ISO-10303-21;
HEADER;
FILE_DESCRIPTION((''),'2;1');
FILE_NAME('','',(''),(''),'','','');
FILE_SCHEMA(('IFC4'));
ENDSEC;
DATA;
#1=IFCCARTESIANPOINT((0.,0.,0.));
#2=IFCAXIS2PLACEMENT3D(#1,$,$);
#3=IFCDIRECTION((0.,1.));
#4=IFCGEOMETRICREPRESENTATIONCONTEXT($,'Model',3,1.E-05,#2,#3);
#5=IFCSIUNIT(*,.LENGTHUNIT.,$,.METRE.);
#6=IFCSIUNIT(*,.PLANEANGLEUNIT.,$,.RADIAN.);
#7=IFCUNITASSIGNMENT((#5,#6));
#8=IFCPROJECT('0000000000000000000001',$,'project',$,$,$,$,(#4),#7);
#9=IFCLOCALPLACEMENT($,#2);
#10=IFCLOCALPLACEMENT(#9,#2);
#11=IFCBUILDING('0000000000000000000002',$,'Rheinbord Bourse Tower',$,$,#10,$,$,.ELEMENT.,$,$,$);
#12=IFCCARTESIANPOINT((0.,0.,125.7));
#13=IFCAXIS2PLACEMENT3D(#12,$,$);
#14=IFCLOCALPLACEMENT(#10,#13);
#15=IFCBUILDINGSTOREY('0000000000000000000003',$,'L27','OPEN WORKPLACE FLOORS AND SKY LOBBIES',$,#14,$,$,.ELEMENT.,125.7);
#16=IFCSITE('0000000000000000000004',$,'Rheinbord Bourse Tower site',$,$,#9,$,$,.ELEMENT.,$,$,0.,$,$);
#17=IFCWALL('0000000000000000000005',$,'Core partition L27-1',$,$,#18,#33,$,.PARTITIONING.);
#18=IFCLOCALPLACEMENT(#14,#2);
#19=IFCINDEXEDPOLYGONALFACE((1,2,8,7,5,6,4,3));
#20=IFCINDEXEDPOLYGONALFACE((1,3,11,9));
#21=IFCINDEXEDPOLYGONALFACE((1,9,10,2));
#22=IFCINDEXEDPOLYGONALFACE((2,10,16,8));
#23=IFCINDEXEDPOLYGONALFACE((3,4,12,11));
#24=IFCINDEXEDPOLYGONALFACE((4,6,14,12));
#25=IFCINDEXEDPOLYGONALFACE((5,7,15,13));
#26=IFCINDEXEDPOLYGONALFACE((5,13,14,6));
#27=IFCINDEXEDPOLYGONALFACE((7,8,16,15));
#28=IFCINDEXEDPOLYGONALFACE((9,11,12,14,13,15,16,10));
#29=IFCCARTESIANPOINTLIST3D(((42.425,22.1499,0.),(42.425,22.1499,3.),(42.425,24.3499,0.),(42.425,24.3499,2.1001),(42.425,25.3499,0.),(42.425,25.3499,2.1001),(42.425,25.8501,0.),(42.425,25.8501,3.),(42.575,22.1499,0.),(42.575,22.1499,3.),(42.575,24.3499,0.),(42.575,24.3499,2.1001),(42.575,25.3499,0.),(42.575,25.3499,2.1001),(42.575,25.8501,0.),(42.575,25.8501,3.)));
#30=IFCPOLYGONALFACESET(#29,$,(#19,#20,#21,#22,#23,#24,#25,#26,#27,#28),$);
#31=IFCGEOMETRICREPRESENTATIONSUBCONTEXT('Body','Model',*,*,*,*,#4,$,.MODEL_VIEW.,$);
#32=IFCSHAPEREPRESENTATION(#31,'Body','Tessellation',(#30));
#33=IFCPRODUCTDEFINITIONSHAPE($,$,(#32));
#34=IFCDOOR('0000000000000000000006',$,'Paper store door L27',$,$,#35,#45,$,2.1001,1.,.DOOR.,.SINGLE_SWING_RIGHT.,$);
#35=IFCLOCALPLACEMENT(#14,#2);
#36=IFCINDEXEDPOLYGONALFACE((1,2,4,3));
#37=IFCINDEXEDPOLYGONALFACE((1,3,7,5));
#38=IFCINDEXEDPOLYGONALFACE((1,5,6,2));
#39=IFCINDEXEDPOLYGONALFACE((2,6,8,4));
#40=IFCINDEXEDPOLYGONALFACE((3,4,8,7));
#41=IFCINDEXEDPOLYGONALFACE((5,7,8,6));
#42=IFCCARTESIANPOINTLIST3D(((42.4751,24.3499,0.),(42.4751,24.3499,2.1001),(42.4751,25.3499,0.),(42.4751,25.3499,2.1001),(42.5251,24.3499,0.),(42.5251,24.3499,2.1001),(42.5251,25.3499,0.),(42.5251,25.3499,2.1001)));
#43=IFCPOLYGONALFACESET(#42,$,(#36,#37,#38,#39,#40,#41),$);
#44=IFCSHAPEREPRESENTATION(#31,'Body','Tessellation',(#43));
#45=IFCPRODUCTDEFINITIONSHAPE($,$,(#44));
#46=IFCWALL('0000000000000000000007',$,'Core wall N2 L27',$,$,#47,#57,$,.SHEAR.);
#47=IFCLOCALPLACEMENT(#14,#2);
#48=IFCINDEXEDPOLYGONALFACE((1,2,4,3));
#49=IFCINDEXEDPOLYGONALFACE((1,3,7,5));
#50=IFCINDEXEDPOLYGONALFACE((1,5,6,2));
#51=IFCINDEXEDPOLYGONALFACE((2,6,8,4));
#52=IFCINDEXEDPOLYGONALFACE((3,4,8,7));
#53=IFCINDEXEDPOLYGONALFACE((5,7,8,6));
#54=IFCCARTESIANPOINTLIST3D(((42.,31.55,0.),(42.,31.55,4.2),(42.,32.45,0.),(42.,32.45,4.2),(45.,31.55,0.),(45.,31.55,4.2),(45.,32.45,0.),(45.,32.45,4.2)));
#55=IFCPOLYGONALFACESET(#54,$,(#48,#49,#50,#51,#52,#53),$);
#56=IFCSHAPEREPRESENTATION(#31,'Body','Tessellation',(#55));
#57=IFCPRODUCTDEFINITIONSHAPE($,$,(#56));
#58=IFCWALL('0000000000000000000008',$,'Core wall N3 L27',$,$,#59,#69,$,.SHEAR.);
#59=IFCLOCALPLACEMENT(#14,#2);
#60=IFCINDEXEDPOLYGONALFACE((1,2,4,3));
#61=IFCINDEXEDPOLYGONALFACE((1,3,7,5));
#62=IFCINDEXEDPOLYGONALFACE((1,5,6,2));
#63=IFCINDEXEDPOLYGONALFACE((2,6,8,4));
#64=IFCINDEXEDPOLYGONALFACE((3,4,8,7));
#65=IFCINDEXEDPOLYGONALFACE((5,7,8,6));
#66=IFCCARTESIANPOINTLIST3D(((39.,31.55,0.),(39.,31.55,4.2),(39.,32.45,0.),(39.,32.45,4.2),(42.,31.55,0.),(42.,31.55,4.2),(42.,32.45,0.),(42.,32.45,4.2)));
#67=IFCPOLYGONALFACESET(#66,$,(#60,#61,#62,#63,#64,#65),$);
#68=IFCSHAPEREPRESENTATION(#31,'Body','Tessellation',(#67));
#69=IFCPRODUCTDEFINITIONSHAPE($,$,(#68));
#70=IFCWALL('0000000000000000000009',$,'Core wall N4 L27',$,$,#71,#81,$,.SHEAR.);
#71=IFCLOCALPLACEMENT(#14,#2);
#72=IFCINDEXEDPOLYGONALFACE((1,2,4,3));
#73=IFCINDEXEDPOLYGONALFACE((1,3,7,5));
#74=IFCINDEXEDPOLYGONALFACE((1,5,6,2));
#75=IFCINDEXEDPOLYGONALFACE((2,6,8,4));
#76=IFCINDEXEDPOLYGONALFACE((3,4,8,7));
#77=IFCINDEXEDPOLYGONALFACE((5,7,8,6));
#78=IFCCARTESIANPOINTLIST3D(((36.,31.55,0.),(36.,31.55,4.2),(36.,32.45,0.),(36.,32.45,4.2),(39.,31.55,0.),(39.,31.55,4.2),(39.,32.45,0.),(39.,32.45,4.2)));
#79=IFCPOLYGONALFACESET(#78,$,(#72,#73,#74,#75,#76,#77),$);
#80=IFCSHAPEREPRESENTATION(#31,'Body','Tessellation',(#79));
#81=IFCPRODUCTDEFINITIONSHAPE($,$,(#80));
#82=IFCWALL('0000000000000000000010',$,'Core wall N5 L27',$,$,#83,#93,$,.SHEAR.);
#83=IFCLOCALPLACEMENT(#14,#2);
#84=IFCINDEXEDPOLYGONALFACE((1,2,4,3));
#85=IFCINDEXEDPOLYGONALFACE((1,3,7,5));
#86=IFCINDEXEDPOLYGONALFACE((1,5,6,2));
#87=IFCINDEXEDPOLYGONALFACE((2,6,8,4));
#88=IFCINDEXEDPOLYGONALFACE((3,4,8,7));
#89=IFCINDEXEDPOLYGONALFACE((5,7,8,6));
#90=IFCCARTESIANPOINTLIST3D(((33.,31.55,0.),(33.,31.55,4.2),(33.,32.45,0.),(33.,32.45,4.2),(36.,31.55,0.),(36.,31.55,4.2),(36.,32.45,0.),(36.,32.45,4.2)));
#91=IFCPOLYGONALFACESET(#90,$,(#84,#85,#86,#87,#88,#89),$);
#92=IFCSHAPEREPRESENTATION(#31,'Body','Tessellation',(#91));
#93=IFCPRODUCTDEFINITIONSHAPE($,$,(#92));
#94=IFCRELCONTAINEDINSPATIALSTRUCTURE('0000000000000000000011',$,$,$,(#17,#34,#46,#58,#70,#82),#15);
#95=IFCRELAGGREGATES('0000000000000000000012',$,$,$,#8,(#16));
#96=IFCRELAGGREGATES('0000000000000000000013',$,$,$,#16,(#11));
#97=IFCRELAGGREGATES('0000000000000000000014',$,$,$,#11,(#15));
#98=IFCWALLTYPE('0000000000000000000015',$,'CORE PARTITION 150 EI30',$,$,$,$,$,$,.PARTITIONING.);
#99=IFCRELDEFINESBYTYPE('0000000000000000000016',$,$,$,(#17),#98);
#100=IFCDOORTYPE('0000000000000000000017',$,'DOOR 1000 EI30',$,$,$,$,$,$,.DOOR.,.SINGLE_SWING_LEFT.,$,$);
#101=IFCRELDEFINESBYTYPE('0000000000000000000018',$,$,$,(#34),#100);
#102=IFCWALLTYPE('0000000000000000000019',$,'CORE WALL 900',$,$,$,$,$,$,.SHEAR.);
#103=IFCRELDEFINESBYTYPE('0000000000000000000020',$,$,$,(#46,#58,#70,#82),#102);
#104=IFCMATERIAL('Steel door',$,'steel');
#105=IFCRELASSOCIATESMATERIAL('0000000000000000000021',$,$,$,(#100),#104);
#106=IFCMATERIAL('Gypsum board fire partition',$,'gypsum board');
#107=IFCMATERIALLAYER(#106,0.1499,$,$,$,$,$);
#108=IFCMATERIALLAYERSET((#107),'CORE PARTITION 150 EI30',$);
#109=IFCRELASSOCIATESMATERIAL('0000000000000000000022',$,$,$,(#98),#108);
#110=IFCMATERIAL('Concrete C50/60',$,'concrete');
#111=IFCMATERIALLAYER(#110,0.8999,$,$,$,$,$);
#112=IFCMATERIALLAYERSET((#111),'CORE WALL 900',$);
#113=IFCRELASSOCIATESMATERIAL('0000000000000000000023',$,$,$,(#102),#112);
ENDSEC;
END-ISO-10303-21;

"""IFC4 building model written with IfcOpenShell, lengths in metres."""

from ifc_helpers import new_model, si_unit, direction, frame, frame_2d, origin, place, context, subcontext, project, spatial, rectangle, extrude, material, layer, layer_set, type_object, element, fill, save


model = new_model("IFC4")

# Units and contexts
model_context = context("Model", 3, precision=1e-05, world=origin(), true_north=direction((0.0, 1.0)))
body_context = subcontext(model_context, "Body", "Model", "MODEL_VIEW")
ifc_project = project(units=[si_unit("LENGTHUNIT", "METRE"), si_unit("PLANEANGLEUNIT", "RADIAN")], contexts=[model_context])

# Site, building, storey
site_placement = place(None, origin())
site = spatial("IfcSite", under=ifc_project, at=site_placement, Name="Rheinbord Bourse Tower site", CompositionType="ELEMENT", RefElevation=0.0)
building_placement = place(site_placement, origin())
building = spatial("IfcBuilding", under=site, at=building_placement, Name="Rheinbord Bourse Tower", CompositionType="ELEMENT")
storey_placement = place(building_placement, frame((0.0, 0.0, 125.7)))
storey = spatial("IfcBuildingStorey", under=building, at=storey_placement, Name="L27", Description="OPEN WORKPLACE FLOORS AND SKY LOBBIES", CompositionType="ELEMENT", Elevation=125.7)

# Shared definitions
ifc_material_1 = material(Name="Steel door", Category="steel")
door_type_1 = type_object("IfcDoorType", Name="DOOR 1000 EI30", OperationType="SINGLE_SWING_LEFT", PredefinedType="DOOR", material=ifc_material_1)

# Wall, opening, door
ifc_material_2 = material(Name="Gypsum board fire partition", Category="gypsum board")
ifc_layer_1 = layer(ifc_material_2, 0.1499)
ifc_layer_set_1 = layer_set([ifc_layer_1], Name="CORE PARTITION 150 EI30")
wall_type_1 = type_object("IfcWallType", Name="CORE PARTITION 150 EI30", PredefinedType="PARTITIONING", material=ifc_layer_set_1)
wall_1_placement = place(storey_placement, frame((42.5, 22.1499, 0.0), z_axis=(0.0, 0.0, 1.0), x_axis=(0.0, 1.0, 0.0)))
wall_1 = element("IfcWall", 1, at=wall_1_placement, inside=storey, type_object=wall_type_1, Name="Core partition L27-1", PredefinedType="PARTITIONING", context=body_context, shape_type="SweptSolid", body=[
    extrude(rectangle(XDim=3.7002, YDim=0.1499, at=frame_2d((1.8501, 0.0))), origin(), (0.0, 0.0, 1.0), 3.0),
])
opening_1_placement = place(wall_1_placement, frame((2.2, 0.0, 0.0)))
opening_1 = element("IfcOpeningElement", 2, at=opening_1_placement, cuts=wall_1, PredefinedType="OPENING", context=body_context, shape_type="SweptSolid", body=[
    extrude(rectangle(XDim=1.0, YDim=2.1001, at=frame_2d((0.5, 1.05))), frame((0.0, 0.085, 0.0), z_axis=(0.0, -1.0, 0.0), x_axis=(1.0, 0.0, 0.0)), (0.0, 0.0, 1.0), 0.1699),
])
door_1_placement = place(opening_1_placement, origin())
door_1 = element("IfcDoor", 3, at=door_1_placement, inside=storey, type_object=door_type_1, Name="Paper store door L27", OperationType="SINGLE_SWING_RIGHT", OverallHeight=2.1001, OverallWidth=1.0, PredefinedType="DOOR", context=body_context, shape_type="SweptSolid", body=[
    extrude(rectangle(XDim=1.0, YDim=2.1001, at=frame_2d((0.5, 1.05))), frame((0.0, 0.0249, 0.0), z_axis=(0.0, -1.0, 0.0), x_axis=(1.0, 0.0, 0.0)), (0.0, 0.0, 1.0), 0.05),
])
fill(opening_1, door_1)

# Walls
ifc_material_3 = material(Name="Concrete C50/60", Category="concrete")
ifc_layer_2 = layer(ifc_material_3, 0.8999)
ifc_layer_set_2 = layer_set([ifc_layer_2], Name="CORE WALL 900")
wall_type_2 = type_object("IfcWallType", Name="CORE WALL 900", PredefinedType="SHEAR", material=ifc_layer_set_2)
for number, where, z_axis, x_axis, name in (
    (4, (45.0, 32.0, 0.0), (0.0, 0.0, 1.0), (-1.0, 0.0, 0.0), "Core wall N2 L27"),
    (5, (42.0, 32.0, 0.0), (0.0, 0.0, 1.0), (-1.0, 0.0, 0.0), "Core wall N3 L27"),
    (6, (39.0, 32.0, 0.0), (0.0, 0.0, 1.0), (-1.0, 0.0, 0.0), "Core wall N4 L27"),
    (7, (36.0, 32.0, 0.0), (0.0, 0.0, 1.0), (-1.0, 0.0, 0.0), "Core wall N5 L27"),
):
    element("IfcWall", number, at=place(storey_placement, frame(where, z_axis=z_axis, x_axis=x_axis)), inside=storey, type_object=wall_type_2, Name=name, PredefinedType="SHEAR", context=body_context, shape_type="SweptSolid", body=[
        extrude(rectangle(XDim=3.0, YDim=0.8999, at=frame_2d((1.5, 0.0))), origin(), (0.0, 0.0, 1.0), 4.2),
    ])

save(model, "model.ifc")
